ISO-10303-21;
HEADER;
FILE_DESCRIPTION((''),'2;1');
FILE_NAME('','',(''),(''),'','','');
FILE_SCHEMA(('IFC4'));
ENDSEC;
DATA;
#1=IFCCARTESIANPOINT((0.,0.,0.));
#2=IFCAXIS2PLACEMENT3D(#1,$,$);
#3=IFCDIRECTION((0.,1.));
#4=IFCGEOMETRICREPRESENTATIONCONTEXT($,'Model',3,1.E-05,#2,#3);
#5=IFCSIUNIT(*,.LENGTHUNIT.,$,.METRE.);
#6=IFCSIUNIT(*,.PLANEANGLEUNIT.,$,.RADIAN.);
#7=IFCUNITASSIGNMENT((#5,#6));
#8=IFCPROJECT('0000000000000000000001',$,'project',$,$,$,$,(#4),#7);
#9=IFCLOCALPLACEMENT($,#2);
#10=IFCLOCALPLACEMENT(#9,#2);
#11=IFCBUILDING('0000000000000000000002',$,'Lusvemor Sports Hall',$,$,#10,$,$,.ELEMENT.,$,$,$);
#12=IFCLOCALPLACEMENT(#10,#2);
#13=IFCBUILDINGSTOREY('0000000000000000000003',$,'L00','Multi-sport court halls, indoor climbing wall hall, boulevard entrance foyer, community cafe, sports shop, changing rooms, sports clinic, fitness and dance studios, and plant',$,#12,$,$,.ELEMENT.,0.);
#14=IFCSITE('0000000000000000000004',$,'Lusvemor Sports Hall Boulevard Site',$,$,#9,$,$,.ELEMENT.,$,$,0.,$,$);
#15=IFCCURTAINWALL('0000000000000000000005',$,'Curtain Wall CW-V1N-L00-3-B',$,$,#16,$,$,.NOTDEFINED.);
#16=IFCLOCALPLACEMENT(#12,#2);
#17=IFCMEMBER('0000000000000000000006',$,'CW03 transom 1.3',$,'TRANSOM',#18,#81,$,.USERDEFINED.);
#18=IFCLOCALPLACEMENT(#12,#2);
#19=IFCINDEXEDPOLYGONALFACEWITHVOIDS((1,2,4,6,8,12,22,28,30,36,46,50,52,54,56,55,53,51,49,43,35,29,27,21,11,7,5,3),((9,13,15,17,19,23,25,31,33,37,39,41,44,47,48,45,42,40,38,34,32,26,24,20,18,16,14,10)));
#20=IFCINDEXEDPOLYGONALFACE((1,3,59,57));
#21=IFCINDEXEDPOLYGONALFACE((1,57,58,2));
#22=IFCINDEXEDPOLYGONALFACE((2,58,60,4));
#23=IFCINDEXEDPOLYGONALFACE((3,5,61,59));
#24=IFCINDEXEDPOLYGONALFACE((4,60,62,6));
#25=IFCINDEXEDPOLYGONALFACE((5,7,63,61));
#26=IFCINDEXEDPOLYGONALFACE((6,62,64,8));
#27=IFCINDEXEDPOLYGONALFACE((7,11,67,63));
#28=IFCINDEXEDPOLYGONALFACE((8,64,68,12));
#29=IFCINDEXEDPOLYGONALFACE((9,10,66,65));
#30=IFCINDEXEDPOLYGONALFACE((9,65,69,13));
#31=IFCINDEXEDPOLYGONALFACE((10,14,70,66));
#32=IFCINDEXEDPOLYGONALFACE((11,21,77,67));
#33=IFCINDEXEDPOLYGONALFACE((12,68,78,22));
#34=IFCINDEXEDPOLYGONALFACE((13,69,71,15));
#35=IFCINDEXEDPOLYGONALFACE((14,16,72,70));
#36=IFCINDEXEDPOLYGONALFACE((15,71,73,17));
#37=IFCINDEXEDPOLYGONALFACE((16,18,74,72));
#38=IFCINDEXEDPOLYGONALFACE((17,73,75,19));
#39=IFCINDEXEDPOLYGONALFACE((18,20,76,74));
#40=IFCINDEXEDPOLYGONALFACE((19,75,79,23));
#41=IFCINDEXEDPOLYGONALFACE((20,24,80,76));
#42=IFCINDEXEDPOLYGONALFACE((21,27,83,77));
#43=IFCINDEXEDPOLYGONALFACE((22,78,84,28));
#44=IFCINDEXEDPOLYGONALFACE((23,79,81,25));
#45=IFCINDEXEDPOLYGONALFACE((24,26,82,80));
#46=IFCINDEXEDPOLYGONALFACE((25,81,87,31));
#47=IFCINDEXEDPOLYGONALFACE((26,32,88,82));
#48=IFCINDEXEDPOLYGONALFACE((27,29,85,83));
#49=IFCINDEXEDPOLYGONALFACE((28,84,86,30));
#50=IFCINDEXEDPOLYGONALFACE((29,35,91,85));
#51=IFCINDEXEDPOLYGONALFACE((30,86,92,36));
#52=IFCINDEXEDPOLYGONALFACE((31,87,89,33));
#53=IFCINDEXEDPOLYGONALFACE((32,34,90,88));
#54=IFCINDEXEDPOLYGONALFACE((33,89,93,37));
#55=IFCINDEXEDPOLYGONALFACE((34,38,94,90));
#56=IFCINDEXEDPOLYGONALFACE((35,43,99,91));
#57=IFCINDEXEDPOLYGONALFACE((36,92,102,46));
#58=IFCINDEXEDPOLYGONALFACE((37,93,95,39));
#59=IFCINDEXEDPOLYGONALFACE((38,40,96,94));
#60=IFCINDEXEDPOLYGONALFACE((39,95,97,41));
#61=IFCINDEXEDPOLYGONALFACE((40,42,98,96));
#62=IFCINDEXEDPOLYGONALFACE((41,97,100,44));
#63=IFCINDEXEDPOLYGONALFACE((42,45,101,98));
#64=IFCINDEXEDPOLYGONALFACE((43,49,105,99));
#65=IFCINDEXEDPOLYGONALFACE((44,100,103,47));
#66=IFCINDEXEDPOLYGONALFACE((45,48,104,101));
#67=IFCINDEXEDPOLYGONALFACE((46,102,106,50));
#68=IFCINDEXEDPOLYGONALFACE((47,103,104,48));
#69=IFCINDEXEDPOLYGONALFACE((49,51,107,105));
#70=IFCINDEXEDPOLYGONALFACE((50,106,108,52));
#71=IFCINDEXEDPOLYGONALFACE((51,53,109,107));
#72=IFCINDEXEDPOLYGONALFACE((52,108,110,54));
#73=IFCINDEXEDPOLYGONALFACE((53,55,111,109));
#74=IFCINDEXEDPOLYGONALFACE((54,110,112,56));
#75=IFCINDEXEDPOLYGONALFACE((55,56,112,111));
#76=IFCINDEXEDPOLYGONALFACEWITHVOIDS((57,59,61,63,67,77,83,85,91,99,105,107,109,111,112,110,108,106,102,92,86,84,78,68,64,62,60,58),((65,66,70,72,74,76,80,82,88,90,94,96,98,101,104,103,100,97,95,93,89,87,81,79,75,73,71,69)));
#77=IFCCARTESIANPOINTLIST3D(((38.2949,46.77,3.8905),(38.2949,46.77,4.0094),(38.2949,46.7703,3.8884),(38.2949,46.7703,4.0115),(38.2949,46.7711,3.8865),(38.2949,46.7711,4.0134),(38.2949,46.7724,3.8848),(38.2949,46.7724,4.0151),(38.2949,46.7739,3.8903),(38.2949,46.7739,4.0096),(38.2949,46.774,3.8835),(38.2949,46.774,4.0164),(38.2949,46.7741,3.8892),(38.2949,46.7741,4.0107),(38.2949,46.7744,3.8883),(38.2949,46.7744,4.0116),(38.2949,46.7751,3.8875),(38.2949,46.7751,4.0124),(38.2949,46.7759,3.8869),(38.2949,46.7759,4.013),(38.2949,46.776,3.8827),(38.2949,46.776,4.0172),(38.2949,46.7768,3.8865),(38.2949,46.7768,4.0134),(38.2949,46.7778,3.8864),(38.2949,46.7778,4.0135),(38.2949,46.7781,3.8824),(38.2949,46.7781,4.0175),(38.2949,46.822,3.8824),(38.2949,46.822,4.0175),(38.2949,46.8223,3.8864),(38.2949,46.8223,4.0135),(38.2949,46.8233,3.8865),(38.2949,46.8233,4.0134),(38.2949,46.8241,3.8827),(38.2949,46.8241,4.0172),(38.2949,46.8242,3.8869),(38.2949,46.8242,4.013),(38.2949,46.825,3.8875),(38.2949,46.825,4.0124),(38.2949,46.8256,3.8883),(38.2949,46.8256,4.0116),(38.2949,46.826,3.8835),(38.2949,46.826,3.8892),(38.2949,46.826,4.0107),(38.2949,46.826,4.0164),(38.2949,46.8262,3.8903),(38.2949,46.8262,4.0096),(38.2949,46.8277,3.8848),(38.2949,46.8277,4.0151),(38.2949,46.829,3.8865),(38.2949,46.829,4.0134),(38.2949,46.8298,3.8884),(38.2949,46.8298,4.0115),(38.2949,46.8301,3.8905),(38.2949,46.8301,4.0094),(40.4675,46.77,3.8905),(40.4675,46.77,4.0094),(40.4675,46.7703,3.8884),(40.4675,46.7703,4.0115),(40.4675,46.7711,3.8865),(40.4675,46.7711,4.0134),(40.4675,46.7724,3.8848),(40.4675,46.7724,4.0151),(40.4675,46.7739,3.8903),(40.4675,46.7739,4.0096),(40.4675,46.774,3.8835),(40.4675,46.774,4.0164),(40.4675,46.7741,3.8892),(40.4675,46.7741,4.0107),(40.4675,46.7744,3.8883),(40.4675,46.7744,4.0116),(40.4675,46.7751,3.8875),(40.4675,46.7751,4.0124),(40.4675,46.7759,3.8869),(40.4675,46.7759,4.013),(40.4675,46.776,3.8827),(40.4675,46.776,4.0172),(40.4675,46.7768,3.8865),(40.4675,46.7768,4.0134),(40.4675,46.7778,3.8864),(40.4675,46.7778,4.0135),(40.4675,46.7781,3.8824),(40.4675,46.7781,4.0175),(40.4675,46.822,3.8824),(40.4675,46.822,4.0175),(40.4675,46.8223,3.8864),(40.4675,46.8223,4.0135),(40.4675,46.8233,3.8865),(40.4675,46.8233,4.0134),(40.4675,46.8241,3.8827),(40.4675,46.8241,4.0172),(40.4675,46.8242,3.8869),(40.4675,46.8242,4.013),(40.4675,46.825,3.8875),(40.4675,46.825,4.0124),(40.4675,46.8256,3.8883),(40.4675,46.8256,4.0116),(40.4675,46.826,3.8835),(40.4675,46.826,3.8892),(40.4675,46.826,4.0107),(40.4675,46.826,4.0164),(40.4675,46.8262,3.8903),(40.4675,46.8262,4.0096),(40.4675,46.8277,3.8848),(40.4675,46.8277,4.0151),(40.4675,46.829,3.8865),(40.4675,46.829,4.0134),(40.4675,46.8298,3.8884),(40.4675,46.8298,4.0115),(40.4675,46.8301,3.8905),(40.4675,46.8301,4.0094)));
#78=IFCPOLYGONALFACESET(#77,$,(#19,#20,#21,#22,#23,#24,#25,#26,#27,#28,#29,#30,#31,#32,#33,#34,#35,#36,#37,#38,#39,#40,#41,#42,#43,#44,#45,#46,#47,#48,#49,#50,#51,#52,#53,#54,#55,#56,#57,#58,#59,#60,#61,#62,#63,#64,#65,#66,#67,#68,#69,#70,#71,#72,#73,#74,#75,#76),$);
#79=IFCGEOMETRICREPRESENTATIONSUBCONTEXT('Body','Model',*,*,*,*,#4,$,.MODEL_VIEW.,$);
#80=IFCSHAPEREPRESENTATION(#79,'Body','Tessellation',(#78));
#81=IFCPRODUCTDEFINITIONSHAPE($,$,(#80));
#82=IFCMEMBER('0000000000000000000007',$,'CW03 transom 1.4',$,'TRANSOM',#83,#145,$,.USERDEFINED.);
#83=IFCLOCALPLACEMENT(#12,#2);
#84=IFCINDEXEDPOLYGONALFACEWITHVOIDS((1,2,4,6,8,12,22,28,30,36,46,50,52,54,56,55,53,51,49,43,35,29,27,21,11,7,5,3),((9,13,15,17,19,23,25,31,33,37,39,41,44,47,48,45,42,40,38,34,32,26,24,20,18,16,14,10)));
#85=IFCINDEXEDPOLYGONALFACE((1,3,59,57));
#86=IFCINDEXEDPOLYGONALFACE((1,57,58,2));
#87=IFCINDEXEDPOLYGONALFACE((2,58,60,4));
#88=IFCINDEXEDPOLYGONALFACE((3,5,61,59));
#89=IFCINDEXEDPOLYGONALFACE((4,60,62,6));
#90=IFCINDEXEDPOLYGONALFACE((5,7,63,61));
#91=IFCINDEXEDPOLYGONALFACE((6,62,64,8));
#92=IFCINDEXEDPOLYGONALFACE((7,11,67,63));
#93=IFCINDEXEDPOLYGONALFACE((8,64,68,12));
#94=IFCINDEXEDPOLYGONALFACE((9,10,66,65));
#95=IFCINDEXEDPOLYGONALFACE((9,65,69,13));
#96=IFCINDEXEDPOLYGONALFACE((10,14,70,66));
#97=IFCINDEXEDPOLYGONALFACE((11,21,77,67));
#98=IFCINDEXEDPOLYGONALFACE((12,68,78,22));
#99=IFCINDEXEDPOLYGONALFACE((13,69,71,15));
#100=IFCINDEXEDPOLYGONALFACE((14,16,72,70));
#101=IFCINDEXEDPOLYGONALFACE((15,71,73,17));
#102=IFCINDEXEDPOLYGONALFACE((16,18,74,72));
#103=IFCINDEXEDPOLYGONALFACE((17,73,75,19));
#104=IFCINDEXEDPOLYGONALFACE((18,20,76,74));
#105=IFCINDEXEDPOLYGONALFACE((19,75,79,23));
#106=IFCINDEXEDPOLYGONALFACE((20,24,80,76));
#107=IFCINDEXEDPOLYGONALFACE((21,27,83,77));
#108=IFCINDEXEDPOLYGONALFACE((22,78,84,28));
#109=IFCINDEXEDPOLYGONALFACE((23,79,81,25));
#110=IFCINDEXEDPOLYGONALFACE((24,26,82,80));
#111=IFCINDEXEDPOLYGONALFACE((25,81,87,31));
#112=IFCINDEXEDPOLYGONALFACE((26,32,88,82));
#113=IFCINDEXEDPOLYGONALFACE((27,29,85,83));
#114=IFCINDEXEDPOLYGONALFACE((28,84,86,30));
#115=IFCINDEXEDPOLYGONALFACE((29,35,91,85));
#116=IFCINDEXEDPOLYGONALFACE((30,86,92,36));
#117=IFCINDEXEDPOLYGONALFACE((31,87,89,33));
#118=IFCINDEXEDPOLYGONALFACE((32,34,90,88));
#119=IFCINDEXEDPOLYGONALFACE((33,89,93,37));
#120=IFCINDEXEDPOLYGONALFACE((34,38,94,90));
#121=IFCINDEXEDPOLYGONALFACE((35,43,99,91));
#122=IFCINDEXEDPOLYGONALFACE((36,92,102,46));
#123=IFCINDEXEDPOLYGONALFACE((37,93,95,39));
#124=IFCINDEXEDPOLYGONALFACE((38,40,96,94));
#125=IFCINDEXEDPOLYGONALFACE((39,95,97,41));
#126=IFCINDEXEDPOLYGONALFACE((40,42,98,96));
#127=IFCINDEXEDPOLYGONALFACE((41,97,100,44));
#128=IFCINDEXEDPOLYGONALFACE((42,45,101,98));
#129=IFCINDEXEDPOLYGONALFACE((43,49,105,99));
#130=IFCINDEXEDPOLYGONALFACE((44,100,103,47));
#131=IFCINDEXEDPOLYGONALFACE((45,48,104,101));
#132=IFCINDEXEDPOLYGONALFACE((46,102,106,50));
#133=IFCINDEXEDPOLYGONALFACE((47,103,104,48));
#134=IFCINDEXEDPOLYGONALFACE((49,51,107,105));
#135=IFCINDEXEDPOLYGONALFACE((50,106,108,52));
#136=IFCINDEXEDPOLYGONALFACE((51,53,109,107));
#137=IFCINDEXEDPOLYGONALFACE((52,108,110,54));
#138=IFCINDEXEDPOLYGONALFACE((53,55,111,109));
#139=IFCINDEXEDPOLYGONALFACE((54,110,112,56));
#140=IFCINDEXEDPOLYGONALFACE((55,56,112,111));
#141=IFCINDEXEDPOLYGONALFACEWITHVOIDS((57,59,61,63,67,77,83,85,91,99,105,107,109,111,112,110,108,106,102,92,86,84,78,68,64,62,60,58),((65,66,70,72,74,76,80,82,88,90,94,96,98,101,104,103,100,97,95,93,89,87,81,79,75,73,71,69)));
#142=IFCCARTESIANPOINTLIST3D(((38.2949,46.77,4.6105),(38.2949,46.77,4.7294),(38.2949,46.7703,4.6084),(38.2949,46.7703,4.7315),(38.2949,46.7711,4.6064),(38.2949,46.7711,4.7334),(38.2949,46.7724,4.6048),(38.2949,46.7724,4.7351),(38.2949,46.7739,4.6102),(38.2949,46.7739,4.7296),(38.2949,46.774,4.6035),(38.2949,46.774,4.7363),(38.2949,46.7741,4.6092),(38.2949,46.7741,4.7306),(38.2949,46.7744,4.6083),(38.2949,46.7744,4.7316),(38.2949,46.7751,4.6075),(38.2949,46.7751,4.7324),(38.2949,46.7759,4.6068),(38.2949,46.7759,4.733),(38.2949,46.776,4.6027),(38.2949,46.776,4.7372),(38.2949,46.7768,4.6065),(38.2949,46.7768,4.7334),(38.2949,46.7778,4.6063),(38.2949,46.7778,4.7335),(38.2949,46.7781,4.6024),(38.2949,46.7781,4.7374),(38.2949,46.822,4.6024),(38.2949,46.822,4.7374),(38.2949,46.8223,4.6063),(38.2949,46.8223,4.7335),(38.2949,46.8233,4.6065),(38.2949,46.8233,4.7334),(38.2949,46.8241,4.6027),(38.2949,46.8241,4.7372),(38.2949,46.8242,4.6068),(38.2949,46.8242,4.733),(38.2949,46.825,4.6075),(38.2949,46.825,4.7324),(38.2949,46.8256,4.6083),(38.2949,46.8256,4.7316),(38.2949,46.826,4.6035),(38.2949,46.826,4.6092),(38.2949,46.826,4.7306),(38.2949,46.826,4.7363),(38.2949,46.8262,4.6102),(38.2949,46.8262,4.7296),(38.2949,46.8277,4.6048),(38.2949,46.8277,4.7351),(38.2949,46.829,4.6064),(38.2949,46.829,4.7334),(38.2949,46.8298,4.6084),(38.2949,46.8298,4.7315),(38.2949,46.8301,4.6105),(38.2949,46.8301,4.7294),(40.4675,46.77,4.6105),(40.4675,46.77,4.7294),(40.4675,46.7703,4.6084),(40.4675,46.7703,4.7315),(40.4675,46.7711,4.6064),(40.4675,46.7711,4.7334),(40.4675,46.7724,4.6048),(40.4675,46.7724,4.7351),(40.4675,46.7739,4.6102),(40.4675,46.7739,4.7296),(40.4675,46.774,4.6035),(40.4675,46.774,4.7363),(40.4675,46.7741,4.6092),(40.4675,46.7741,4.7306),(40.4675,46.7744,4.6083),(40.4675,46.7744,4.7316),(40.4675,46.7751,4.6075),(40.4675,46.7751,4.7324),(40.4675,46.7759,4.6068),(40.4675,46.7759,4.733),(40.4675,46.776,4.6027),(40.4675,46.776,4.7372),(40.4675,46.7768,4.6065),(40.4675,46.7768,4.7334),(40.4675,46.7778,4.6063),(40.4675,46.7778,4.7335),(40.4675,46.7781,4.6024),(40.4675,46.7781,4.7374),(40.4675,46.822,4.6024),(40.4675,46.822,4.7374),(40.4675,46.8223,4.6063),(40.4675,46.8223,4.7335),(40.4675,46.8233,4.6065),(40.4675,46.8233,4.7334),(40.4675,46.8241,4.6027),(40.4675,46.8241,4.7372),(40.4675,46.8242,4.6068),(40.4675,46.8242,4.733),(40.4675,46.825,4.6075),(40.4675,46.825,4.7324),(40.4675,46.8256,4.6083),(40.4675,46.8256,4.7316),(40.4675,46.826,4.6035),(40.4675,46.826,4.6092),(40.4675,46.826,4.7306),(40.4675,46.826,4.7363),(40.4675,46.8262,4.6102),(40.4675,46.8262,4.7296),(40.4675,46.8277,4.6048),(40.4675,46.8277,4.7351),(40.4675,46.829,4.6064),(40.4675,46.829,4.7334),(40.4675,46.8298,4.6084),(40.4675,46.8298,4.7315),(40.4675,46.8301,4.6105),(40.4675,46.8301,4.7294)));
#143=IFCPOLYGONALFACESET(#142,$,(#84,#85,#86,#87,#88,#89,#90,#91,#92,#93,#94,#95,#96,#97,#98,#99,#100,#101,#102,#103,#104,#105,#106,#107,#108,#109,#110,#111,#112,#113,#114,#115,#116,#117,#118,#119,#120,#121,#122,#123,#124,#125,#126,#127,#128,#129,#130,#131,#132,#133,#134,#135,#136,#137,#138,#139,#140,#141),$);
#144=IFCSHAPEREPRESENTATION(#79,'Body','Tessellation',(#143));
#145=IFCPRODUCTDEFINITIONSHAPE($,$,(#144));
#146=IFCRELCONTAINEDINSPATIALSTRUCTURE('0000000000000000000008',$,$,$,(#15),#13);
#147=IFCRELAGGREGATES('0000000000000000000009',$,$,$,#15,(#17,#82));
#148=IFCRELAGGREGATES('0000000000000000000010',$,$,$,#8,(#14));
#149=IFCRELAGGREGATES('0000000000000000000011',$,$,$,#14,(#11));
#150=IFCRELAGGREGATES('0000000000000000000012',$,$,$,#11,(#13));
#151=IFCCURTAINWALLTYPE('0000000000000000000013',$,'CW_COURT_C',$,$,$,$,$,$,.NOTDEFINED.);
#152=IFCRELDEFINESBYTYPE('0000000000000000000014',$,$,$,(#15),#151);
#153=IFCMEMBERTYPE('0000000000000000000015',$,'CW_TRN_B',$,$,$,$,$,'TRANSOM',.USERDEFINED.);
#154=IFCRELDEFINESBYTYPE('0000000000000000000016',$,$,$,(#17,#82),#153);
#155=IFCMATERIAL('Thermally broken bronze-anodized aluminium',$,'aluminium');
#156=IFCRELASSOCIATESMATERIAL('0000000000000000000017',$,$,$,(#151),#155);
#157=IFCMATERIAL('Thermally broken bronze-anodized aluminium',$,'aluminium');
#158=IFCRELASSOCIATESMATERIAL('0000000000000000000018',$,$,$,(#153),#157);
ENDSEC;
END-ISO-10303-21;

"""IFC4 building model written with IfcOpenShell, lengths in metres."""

from ifc_helpers import new_model, si_unit, direction, frame, origin, origin_2d, place, context, subcontext, project, spatial, hollow_rectangle, extrude, material, material_profile, profile_set, type_object, element, aggregate, save


model = new_model("IFC4")

# Units and contexts
model_context = context("Model", 3, precision=1e-05, world=origin(), true_north=direction((0.0, 1.0)))
body_context = subcontext(model_context, "Body", "Model", "MODEL_VIEW")
ifc_project = project(units=[si_unit("LENGTHUNIT", "METRE"), si_unit("PLANEANGLEUNIT", "RADIAN")], contexts=[model_context])

# Site, building, storey
site_placement = place(None, origin())
site = spatial("IfcSite", under=ifc_project, at=site_placement, Name="Lusvemor Sports Hall Boulevard Site", CompositionType="ELEMENT", RefElevation=0.0)
building_placement = place(site_placement, origin())
building = spatial("IfcBuilding", under=site, at=building_placement, Name="Lusvemor Sports Hall", CompositionType="ELEMENT")
storey_placement = place(building_placement, origin())
storey = spatial("IfcBuildingStorey", under=building, at=storey_placement, Name="L00", Description="Multi-sport court halls, indoor climbing wall hall, boulevard entrance foyer, community cafe, sports shop, changing rooms, sports clinic, fitness and dance studios, and plant", CompositionType="ELEMENT", Elevation=0.0)

# Curtain wall, members
ifc_material_1 = material(Name="Thermally broken bronze-anodized aluminium", Category="aluminium")
curtain_wall_type = type_object("IfcCurtainWallType", Name="CW_COURT_C", PredefinedType="NOTDEFINED", material=ifc_material_1)
curtain_wall_placement = place(storey_placement, origin())
curtain_wall = element("IfcCurtainWall", 1, at=curtain_wall_placement, inside=storey, type_object=curtain_wall_type, Name="Curtain Wall CW-V1N-L00-3-B", PredefinedType="NOTDEFINED")
ifc_material_2 = material(Name="Thermally broken bronze-anodized aluminium", Category="aluminium")
ifc_material_profile_1 = material_profile(ifc_material_2, hollow_rectangle(XDim=0.0601, YDim=0.135, WallThickness=0.0039, InnerFilletRadius=0.0039, OuterFilletRadius=0.0081, at=origin_2d()), Name="CWTRN135x60x4")
ifc_profile_set_1 = profile_set([ifc_material_profile_1], Name="Thermally broken bronze-anodized aluminium")
member_type_1 = type_object("IfcMemberType", Name="CW_TRN_B", ElementType="TRANSOM", PredefinedType="USERDEFINED", material=ifc_profile_set_1)
member_1_placement = place(storey_placement, frame((38.2949, 46.8, 3.95), z_axis=(1.0, 0.0, 0.0), x_axis=(0.0, 1.0, 0.0)))
member_1 = element("IfcMember", 2, at=member_1_placement, type_object=member_type_1, Name="CW03 transom 1.3", ObjectType="TRANSOM", PredefinedType="USERDEFINED", context=body_context, shape_type="SweptSolid", body=[
    extrude(hollow_rectangle(XDim=0.0601, YDim=0.135, WallThickness=0.0039, InnerFilletRadius=0.0039, OuterFilletRadius=0.0081, at=origin_2d()), origin(), (0.0, 0.0, 1.0), 2.1726),
])
member_2_placement = place(storey_placement, frame((38.2949, 46.8, 4.6699), z_axis=(1.0, 0.0, 0.0), x_axis=(0.0, 1.0, 0.0)))
member_2 = element("IfcMember", 3, at=member_2_placement, type_object=member_type_1, Name="CW03 transom 1.4", ObjectType="TRANSOM", PredefinedType="USERDEFINED", context=body_context, shape_type="SweptSolid", body=[
    extrude(hollow_rectangle(XDim=0.0601, YDim=0.135, WallThickness=0.0039, InnerFilletRadius=0.0039, OuterFilletRadius=0.0081, at=origin_2d()), origin(), (0.0, 0.0, 1.0), 2.1726),
])
aggregate(curtain_wall, [member_1, member_2])

save(model, "model.ifc")
